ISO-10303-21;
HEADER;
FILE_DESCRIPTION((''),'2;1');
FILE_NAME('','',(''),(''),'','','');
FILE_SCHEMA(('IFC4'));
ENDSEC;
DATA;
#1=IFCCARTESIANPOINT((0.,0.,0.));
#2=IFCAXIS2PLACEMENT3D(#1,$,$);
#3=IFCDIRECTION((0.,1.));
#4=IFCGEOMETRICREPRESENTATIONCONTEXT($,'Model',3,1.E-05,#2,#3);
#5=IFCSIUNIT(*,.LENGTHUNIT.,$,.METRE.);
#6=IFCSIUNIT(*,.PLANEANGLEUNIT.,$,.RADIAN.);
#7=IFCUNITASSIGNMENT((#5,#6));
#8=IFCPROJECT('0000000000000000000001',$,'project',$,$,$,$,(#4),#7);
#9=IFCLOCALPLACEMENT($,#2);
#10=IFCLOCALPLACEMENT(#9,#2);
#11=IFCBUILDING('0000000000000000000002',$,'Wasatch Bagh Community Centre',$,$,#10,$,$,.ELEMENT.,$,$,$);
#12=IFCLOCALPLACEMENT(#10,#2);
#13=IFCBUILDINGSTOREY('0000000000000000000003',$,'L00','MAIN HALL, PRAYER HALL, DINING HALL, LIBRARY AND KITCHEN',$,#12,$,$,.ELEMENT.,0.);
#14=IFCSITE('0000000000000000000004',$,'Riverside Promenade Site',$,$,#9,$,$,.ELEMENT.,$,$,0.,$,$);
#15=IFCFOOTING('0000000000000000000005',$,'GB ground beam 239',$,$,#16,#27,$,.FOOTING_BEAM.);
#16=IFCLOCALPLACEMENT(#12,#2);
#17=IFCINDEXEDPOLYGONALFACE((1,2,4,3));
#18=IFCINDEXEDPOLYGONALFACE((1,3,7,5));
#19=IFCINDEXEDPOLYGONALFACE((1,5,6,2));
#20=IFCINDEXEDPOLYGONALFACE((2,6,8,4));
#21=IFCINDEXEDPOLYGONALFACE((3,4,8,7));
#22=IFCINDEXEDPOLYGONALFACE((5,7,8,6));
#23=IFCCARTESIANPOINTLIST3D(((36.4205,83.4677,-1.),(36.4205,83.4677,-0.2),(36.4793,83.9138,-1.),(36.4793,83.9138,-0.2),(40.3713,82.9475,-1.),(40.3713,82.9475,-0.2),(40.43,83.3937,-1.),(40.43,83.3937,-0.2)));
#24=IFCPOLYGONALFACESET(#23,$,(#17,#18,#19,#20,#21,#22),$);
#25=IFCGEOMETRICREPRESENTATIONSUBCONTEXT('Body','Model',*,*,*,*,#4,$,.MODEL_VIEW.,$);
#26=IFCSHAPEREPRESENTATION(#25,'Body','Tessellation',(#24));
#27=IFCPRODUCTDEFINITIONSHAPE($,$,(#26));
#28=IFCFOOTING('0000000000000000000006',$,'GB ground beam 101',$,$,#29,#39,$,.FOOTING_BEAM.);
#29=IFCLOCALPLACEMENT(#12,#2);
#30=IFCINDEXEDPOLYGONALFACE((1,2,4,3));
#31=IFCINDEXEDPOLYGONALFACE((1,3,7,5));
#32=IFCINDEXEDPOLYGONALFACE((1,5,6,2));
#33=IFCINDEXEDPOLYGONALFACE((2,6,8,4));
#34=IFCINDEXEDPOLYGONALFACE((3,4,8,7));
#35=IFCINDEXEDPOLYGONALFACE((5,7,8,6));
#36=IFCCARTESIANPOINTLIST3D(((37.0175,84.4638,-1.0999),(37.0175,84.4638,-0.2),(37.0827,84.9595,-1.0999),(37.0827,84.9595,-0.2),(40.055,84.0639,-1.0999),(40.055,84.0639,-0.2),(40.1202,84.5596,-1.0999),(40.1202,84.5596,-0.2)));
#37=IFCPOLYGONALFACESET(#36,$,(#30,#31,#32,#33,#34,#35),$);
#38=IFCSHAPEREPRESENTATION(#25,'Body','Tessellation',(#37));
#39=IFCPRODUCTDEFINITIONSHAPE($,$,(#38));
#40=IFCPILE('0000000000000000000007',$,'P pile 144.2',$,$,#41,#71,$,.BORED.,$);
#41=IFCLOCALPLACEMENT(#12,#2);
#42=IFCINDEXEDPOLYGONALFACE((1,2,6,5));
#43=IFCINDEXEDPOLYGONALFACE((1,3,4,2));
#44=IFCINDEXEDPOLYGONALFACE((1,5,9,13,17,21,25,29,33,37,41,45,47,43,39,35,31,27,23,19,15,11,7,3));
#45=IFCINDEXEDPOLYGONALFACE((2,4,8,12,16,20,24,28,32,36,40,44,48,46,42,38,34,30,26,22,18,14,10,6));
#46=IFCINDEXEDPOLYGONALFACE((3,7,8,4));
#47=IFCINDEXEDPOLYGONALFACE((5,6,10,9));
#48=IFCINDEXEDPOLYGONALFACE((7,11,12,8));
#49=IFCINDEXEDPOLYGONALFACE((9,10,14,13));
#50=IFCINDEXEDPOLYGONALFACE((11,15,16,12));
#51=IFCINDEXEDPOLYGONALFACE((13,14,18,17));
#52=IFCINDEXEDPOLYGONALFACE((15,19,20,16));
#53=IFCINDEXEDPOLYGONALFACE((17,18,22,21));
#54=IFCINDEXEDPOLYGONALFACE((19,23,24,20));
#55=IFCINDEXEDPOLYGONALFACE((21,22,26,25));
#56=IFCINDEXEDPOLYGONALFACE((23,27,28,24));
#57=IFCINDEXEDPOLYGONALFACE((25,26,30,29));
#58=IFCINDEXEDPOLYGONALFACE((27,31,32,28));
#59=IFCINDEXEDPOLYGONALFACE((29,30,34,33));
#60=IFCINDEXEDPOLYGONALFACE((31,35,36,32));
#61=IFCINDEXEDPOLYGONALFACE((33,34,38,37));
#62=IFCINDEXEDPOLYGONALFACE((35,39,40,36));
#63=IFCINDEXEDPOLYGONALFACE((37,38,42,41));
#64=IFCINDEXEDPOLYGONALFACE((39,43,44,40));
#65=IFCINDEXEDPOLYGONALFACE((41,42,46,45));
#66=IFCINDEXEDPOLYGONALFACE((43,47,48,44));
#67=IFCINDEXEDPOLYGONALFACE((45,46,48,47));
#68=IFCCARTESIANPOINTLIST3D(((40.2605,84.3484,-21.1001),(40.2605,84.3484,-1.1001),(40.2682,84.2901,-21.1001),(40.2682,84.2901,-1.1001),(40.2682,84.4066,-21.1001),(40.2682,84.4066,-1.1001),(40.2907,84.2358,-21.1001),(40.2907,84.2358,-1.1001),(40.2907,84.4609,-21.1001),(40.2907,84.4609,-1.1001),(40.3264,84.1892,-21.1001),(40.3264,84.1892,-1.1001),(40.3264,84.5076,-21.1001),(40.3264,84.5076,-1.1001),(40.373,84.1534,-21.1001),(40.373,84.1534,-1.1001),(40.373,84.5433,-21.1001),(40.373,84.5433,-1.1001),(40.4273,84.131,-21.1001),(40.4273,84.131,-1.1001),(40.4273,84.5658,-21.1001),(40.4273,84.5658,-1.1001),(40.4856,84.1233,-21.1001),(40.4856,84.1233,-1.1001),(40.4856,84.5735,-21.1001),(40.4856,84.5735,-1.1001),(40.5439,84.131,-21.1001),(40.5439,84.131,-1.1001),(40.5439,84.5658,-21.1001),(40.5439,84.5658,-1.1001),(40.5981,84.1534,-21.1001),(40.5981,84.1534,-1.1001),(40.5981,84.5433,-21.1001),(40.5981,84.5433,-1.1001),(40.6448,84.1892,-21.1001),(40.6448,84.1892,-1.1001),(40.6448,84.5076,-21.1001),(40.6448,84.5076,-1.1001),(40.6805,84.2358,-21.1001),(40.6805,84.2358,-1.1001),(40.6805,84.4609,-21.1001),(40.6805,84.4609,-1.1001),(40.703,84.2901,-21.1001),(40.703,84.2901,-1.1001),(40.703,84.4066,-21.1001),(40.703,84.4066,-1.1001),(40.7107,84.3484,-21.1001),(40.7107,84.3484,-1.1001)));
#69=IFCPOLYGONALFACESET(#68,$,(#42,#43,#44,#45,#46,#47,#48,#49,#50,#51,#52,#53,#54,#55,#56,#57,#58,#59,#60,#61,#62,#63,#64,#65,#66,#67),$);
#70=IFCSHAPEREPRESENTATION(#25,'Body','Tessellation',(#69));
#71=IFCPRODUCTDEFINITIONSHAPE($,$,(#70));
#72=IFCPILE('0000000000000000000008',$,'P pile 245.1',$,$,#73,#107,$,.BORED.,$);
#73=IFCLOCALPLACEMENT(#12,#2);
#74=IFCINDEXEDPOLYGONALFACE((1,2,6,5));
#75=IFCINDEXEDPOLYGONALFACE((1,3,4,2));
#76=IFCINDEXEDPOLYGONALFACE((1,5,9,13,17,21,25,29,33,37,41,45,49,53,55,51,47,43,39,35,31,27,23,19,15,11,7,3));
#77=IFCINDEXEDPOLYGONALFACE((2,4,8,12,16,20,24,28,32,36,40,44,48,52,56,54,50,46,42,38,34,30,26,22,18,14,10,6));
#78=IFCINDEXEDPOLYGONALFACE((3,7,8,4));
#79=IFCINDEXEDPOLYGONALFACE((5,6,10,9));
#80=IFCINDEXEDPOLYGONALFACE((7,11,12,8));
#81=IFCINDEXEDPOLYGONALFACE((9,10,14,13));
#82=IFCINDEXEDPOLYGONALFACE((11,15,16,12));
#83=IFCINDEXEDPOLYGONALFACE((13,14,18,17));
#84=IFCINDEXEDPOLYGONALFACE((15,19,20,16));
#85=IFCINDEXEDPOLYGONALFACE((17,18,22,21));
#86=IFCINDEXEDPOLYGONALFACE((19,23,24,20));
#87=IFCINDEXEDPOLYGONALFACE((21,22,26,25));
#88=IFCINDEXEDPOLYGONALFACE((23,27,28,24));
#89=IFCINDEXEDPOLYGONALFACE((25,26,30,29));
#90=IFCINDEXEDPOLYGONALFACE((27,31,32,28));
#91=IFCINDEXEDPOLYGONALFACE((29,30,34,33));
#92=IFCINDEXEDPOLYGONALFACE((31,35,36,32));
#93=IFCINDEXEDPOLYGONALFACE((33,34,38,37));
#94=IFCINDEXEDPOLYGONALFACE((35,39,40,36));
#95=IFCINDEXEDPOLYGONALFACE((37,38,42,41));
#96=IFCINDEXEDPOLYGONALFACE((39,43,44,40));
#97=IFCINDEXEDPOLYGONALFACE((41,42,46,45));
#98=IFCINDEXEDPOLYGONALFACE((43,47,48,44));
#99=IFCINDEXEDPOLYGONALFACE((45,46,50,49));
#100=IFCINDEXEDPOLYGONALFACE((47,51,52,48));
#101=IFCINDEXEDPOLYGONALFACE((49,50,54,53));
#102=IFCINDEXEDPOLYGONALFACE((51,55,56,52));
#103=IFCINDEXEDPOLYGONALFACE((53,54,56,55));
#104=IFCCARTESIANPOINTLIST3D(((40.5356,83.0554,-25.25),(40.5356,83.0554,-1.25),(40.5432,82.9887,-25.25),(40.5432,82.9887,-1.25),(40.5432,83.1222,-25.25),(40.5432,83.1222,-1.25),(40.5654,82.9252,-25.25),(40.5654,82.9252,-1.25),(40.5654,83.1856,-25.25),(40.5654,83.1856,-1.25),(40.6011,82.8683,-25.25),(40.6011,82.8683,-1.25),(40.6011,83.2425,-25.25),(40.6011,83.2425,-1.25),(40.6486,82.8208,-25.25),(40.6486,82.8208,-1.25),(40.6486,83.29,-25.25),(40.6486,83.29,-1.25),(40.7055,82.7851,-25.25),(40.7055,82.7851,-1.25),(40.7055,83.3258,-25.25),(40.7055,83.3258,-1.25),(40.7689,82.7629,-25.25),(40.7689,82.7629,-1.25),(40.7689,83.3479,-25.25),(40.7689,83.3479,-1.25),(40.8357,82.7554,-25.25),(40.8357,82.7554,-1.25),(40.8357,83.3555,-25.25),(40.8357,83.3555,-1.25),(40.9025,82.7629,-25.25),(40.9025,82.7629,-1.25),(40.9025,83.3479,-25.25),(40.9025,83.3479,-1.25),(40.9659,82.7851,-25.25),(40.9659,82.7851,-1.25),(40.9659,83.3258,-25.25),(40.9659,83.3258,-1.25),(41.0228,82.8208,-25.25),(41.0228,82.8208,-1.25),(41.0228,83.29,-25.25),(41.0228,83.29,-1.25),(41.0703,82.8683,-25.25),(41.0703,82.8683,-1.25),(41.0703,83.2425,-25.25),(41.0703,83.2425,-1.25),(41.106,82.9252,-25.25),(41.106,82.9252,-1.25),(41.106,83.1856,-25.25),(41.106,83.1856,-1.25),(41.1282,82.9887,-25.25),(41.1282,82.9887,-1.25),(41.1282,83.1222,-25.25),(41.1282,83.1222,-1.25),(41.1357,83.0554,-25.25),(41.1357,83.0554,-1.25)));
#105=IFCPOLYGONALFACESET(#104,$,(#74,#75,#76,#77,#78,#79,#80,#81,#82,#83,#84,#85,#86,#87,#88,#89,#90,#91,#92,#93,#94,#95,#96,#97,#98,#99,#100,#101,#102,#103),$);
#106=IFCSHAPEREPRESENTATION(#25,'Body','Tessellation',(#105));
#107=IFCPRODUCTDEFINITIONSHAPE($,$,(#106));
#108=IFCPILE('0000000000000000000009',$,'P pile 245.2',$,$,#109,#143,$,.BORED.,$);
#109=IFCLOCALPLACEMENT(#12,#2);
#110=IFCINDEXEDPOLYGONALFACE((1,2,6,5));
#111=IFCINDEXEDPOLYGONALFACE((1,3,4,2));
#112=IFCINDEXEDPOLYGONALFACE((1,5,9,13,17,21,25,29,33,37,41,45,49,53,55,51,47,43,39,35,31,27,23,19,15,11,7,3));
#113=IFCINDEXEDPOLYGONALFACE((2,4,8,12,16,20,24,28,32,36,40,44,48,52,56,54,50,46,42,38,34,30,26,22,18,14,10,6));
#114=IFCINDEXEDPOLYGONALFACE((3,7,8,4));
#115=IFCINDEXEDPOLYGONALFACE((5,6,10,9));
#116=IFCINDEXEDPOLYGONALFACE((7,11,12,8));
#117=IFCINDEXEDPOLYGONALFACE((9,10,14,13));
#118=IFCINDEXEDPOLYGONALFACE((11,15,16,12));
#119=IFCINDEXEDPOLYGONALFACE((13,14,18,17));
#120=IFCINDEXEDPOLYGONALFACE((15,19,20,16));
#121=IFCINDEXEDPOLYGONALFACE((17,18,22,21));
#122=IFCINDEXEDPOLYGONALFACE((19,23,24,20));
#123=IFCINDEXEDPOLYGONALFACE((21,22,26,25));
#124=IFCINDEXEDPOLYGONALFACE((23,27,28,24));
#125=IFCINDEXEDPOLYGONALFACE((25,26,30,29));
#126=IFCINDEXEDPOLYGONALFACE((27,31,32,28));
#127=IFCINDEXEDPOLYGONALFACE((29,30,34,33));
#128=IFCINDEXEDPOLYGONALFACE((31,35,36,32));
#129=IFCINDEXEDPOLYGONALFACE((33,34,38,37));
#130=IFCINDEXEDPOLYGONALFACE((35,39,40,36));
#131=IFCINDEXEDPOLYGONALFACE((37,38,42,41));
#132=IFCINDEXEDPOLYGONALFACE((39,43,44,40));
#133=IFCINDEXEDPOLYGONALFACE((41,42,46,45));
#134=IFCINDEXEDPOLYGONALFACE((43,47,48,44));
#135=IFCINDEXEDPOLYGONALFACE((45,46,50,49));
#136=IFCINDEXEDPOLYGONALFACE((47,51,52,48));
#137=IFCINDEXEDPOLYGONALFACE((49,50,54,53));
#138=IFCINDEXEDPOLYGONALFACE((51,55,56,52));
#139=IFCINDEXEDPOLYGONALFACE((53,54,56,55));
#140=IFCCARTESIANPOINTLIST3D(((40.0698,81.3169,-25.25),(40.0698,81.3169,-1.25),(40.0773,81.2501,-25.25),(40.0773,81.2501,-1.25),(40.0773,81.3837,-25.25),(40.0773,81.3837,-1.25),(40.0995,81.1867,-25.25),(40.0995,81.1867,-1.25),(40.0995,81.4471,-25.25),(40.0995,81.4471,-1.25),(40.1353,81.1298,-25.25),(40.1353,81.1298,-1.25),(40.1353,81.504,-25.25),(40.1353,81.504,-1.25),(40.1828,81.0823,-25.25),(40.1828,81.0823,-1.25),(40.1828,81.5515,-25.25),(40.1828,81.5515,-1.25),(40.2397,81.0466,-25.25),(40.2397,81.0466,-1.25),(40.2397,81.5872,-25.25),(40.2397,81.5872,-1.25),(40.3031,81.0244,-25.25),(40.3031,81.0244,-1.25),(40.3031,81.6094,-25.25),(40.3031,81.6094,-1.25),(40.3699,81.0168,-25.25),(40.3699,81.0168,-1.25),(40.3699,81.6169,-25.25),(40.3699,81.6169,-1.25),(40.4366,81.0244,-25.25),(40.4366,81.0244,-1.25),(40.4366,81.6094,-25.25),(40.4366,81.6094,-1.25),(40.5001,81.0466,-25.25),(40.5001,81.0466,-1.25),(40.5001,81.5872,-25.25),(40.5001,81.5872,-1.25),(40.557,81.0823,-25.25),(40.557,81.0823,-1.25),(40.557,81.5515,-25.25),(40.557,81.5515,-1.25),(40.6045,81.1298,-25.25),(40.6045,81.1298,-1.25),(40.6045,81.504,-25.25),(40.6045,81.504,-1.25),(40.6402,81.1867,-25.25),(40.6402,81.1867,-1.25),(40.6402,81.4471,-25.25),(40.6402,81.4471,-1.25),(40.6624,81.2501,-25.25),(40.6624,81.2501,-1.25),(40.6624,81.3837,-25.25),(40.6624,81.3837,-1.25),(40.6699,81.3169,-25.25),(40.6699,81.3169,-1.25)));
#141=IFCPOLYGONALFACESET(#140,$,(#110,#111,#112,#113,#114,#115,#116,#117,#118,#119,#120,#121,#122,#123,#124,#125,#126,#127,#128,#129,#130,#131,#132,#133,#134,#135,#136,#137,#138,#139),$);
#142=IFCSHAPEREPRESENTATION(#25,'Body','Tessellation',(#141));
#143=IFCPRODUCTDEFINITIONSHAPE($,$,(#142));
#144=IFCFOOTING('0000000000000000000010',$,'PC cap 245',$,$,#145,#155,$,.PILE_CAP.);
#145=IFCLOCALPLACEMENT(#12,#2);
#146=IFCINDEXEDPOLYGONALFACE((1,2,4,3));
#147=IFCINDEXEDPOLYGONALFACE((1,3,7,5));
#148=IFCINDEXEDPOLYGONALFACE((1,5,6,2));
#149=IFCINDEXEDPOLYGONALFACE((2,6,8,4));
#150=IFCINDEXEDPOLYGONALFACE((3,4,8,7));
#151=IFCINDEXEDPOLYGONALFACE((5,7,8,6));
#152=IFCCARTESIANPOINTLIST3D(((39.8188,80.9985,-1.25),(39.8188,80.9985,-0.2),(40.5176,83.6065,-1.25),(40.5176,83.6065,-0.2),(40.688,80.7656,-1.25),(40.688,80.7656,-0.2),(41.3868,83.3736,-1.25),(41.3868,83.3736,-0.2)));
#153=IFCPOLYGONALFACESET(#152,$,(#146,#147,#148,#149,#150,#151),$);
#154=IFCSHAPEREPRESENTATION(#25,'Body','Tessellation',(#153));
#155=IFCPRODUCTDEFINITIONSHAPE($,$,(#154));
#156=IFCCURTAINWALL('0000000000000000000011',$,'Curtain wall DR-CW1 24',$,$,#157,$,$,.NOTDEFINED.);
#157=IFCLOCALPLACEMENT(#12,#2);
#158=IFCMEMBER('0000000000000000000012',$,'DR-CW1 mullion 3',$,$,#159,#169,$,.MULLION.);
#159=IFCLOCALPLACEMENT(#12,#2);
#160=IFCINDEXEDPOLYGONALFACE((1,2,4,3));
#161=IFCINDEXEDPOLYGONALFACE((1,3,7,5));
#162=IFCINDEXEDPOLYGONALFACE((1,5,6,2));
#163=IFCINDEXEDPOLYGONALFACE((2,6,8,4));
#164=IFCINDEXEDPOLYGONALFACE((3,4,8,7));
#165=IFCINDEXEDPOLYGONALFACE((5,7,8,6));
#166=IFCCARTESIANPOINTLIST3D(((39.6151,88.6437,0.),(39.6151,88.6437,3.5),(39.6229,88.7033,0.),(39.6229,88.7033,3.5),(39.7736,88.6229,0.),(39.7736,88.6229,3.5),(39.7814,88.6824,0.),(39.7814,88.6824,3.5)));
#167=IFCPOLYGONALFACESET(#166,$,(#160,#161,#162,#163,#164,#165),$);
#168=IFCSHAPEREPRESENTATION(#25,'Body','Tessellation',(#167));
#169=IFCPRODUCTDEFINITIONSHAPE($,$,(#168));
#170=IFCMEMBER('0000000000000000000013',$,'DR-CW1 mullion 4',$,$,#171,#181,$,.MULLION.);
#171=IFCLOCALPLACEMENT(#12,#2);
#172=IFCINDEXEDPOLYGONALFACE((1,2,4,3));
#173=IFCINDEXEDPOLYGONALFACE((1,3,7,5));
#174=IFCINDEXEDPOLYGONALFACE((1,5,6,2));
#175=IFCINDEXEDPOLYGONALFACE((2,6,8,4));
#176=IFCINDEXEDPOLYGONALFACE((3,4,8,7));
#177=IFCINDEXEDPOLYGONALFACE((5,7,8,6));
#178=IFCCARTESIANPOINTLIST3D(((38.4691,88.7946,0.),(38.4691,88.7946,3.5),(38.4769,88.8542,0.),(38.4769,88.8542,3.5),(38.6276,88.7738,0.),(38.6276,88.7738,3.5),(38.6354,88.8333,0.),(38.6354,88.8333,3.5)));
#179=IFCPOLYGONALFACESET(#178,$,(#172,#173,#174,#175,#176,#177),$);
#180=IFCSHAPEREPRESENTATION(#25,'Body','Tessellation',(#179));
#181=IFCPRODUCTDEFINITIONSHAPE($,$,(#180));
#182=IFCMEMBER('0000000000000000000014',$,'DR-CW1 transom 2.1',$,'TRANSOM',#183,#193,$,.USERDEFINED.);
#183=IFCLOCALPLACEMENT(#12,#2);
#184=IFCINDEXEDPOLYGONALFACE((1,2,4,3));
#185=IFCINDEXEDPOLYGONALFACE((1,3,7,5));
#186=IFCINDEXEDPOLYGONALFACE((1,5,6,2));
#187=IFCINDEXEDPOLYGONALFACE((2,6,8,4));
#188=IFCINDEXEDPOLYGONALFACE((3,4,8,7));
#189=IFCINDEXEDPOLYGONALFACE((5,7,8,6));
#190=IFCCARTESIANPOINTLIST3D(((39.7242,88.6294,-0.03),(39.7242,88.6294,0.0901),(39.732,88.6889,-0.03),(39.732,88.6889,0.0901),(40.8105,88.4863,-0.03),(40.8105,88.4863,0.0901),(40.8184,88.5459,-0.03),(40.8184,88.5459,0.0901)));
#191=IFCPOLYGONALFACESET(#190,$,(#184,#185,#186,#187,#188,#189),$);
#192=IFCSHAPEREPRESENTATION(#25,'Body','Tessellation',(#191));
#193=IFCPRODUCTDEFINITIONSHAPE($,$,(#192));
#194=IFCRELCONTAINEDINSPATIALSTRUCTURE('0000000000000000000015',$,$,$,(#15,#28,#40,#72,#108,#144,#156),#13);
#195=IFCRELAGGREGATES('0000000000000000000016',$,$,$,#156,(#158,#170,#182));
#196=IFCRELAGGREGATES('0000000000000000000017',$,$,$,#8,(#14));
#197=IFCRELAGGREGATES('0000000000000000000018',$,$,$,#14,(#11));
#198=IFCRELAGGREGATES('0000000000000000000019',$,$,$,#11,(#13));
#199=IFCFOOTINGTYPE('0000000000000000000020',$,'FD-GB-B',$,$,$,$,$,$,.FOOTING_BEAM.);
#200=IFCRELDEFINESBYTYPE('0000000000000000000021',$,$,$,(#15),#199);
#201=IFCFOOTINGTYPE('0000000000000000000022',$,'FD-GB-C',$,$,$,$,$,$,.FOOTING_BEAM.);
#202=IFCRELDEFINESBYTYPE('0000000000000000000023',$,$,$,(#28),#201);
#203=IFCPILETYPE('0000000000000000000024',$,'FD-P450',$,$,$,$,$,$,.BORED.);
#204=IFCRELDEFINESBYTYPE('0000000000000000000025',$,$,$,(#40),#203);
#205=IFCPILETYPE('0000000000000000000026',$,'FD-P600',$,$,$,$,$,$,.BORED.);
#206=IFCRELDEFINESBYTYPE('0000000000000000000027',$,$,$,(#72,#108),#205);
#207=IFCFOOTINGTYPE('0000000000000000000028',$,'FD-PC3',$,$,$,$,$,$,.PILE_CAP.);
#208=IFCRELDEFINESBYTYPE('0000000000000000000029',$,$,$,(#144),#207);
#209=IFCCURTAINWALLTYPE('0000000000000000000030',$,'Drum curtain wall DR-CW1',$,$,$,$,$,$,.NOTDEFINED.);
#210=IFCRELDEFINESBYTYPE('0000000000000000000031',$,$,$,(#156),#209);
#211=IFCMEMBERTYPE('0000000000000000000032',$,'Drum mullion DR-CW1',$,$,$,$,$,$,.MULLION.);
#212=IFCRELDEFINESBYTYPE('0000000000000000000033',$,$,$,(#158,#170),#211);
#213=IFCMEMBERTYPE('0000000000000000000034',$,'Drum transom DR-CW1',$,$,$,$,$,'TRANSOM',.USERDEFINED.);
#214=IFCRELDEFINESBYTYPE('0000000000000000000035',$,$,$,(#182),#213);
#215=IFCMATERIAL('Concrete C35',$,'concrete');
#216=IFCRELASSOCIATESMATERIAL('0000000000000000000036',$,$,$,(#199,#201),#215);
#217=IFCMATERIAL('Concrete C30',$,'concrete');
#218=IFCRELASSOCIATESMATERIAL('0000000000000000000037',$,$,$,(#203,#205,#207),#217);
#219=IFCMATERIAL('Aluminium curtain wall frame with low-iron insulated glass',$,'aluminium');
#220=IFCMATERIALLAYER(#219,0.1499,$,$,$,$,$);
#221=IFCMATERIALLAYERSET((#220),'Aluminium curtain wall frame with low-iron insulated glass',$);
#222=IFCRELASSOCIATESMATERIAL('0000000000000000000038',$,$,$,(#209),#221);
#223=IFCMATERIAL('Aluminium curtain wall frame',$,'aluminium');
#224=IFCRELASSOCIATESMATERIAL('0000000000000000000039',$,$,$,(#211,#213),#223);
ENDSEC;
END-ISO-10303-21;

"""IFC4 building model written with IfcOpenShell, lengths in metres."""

from ifc_helpers import new_model, si_unit, direction, frame, origin, origin_2d, place, context, subcontext, project, spatial, rectangle, circle, extrude, material, layer, layer_set, material_profile, profile_set, type_object, element, aggregate, save


model = new_model("IFC4")

# Units and contexts
model_context = context("Model", 3, precision=1e-05, world=origin(), true_north=direction((0.0, 1.0)))
body_context = subcontext(model_context, "Body", "Model", "MODEL_VIEW")
ifc_project = project(units=[si_unit("LENGTHUNIT", "METRE"), si_unit("PLANEANGLEUNIT", "RADIAN")], contexts=[model_context])

# Site, building, storey
site_placement = place(None, origin())
site = spatial("IfcSite", under=ifc_project, at=site_placement, Name="Riverside Promenade Site", CompositionType="ELEMENT", RefElevation=0.0)
building_placement = place(site_placement, origin())
building = spatial("IfcBuilding", under=site, at=building_placement, Name="Wasatch Bagh Community Centre", CompositionType="ELEMENT")
storey_placement = place(building_placement, origin())
storey = spatial("IfcBuildingStorey", under=building, at=storey_placement, Name="L00", Description="MAIN HALL, PRAYER HALL, DINING HALL, LIBRARY AND KITCHEN", CompositionType="ELEMENT", Elevation=0.0)

# Footings
ifc_material_1 = material(Name="Concrete C35", Category="concrete")
footing_type_1 = type_object("IfcFootingType", Name="FD-GB-B", PredefinedType="FOOTING_BEAM", material=ifc_material_1)
footing_1_placement = place(storey_placement, frame((38.4253, 83.4307, -1.0), z_axis=(0.0, 0.0, 1.0), x_axis=(-0.991445, 0.130526, 0.0)))
element("IfcFooting", 1, at=footing_1_placement, inside=storey, type_object=footing_type_1, Name="GB ground beam 239", PredefinedType="FOOTING_BEAM", context=body_context, shape_type="SweptSolid", body=[
    extrude(rectangle(XDim=3.9849, YDim=0.45, at=origin_2d()), origin(), (0.0, 0.0, 1.0), 0.8),
])
footing_type_2 = type_object("IfcFootingType", Name="FD-GB-C", PredefinedType="FOOTING_BEAM", material=ifc_material_1)
footing_2_placement = place(storey_placement, frame((38.5688, 84.5117, -1.0999), z_axis=(0.0, 0.0, 1.0), x_axis=(-0.991445, 0.130526, 0.0)))
element("IfcFooting", 2, at=footing_2_placement, inside=storey, type_object=footing_type_2, Name="GB ground beam 101", PredefinedType="FOOTING_BEAM", context=body_context, shape_type="SweptSolid", body=[
    extrude(rectangle(XDim=3.0637, YDim=0.5, at=origin_2d()), origin(), (0.0, 0.0, 1.0), 0.8999),
])

# Piles
ifc_material_2 = material(Name="Concrete C30", Category="concrete")
ifc_material_profile_1 = material_profile(ifc_material_2, circle(Radius=0.2251, at=origin_2d()), Name="RC D450")
ifc_profile_set_1 = profile_set([ifc_material_profile_1], Name="Concrete C30")
pile_type_1 = type_object("IfcPileType", Name="FD-P450", PredefinedType="BORED", material=ifc_profile_set_1)
pile_placement = place(storey_placement, frame((40.4856, 84.3484, -1.1001), z_axis=(0.0, 0.0, -1.0), x_axis=(1.0, 0.0, 0.0)))
element("IfcPile", 3, at=pile_placement, inside=storey, type_object=pile_type_1, Name="P pile 144.2", PredefinedType="BORED", context=body_context, shape_type="SweptSolid", body=[
    extrude(circle(Radius=0.2251, at=origin_2d()), origin(), (0.0, 0.0, 1.0), 20.0),
])
ifc_material_profile_2 = material_profile(ifc_material_2, circle(Radius=0.3, at=origin_2d()), Name="RC D600")
ifc_profile_set_2 = profile_set([ifc_material_profile_2], Name="Concrete C30")
pile_type_2 = type_object("IfcPileType", Name="FD-P600", PredefinedType="BORED", material=ifc_profile_set_2)
for number, where, z_axis, x_axis, name in (
    (4, (40.8357, 83.0554, -1.25), (0.0, 0.0, -1.0), (1.0, 0.0, 0.0), "P pile 245.1"),
    (5, (40.3699, 81.3169, -1.25), (0.0, 0.0, -1.0), (1.0, 0.0, 0.0), "P pile 245.2"),
):
    element("IfcPile", number, at=place(storey_placement, frame(where, z_axis=z_axis, x_axis=x_axis)), inside=storey, type_object=pile_type_2, Name=name, PredefinedType="BORED", context=body_context, shape_type="SweptSolid", body=[
        extrude(circle(Radius=0.3, at=origin_2d()), origin(), (0.0, 0.0, 1.0), 24.0),
    ])

# Footing
footing_type_3 = type_object("IfcFootingType", Name="FD-PC3", PredefinedType="PILE_CAP", material=ifc_material_2)
footing_3_placement = place(storey_placement, frame((40.6028, 82.186, -1.25), z_axis=(0.0, 0.0, 1.0), x_axis=(-0.258819, -0.965926, 0.0)))
element("IfcFooting", 6, at=footing_3_placement, inside=storey, type_object=footing_type_3, Name="PC cap 245", PredefinedType="PILE_CAP", context=body_context, shape_type="SweptSolid", body=[
    extrude(rectangle(XDim=2.7, YDim=0.8999, at=origin_2d()), origin(), (0.0, 0.0, 1.0), 1.05),
])

# Curtain wall, members
ifc_material_3 = material(Name="Aluminium curtain wall frame with low-iron insulated glass", Category="aluminium")
ifc_layer_1 = layer(ifc_material_3, 0.1499)
ifc_layer_set_1 = layer_set([ifc_layer_1], Name="Aluminium curtain wall frame with low-iron insulated glass")
curtain_wall_type = type_object("IfcCurtainWallType", Name="Drum curtain wall DR-CW1", PredefinedType="NOTDEFINED", material=ifc_layer_set_1)
curtain_wall_placement = place(storey_placement, origin())
curtain_wall = element("IfcCurtainWall", 7, at=curtain_wall_placement, inside=storey, type_object=curtain_wall_type, Name="Curtain wall DR-CW1 24", PredefinedType="NOTDEFINED")
ifc_material_4 = material(Name="Aluminium curtain wall frame", Category="aluminium")
ifc_material_profile_3 = material_profile(ifc_material_4, rectangle(XDim=0.0601, YDim=0.1599, at=origin_2d()), Name="Drum mullion DR-CW1")
ifc_profile_set_3 = profile_set([ifc_material_profile_3], Name="Aluminium curtain wall frame")
member_type_1 = type_object("IfcMemberType", Name="Drum mullion DR-CW1", PredefinedType="MULLION", material=ifc_profile_set_3)
member_1_placement = place(storey_placement, frame((39.6982, 88.6631, 0.0), z_axis=(0.0, 0.0, 1.0), x_axis=(-0.130526, -0.991445, 0.0)))
member_1 = element("IfcMember", 8, at=member_1_placement, type_object=member_type_1, Name="DR-CW1 mullion 3", PredefinedType="MULLION", context=body_context, shape_type="SweptSolid", body=[
    extrude(rectangle(XDim=0.0601, YDim=0.1599, at=origin_2d()), origin(), (0.0, 0.0, 1.0), 3.5),
])
member_2_placement = place(storey_placement, frame((38.5522, 88.814, 0.0), z_axis=(0.0, 0.0, 1.0), x_axis=(-0.130526, -0.991445, 0.0)))
member_2 = element("IfcMember", 9, at=member_2_placement, type_object=member_type_1, Name="DR-CW1 mullion 4", PredefinedType="MULLION", context=body_context, shape_type="SweptSolid", body=[
    extrude(rectangle(XDim=0.0601, YDim=0.1599, at=origin_2d()), origin(), (0.0, 0.0, 1.0), 3.5),
])
ifc_material_profile_4 = material_profile(ifc_material_4, rectangle(XDim=0.0601, YDim=0.1201, at=origin_2d()), Name="Drum transom DR-CW1")
ifc_profile_set_4 = profile_set([ifc_material_profile_4], Name="Aluminium curtain wall frame")
member_type_2 = type_object("IfcMemberType", Name="Drum transom DR-CW1", ElementType="TRANSOM", PredefinedType="USERDEFINED", material=ifc_profile_set_4)
member_3_placement = place(storey_placement, frame((40.8145, 88.5161, 0.03), z_axis=(-0.991441, 0.130558, 0.0), x_axis=(-0.130558, -0.991441, 0.0)))
member_3 = element("IfcMember", 10, at=member_3_placement, type_object=member_type_2, Name="DR-CW1 transom 2.1", ObjectType="TRANSOM", PredefinedType="USERDEFINED", context=body_context, shape_type="SweptSolid", body=[
    extrude(rectangle(XDim=0.0601, YDim=0.1201, at=origin_2d()), origin(), (0.0, 0.0, 1.0), 1.0957),
])

aggregate(curtain_wall, [member_1, member_2, member_3])

save(model, "model.ifc")
